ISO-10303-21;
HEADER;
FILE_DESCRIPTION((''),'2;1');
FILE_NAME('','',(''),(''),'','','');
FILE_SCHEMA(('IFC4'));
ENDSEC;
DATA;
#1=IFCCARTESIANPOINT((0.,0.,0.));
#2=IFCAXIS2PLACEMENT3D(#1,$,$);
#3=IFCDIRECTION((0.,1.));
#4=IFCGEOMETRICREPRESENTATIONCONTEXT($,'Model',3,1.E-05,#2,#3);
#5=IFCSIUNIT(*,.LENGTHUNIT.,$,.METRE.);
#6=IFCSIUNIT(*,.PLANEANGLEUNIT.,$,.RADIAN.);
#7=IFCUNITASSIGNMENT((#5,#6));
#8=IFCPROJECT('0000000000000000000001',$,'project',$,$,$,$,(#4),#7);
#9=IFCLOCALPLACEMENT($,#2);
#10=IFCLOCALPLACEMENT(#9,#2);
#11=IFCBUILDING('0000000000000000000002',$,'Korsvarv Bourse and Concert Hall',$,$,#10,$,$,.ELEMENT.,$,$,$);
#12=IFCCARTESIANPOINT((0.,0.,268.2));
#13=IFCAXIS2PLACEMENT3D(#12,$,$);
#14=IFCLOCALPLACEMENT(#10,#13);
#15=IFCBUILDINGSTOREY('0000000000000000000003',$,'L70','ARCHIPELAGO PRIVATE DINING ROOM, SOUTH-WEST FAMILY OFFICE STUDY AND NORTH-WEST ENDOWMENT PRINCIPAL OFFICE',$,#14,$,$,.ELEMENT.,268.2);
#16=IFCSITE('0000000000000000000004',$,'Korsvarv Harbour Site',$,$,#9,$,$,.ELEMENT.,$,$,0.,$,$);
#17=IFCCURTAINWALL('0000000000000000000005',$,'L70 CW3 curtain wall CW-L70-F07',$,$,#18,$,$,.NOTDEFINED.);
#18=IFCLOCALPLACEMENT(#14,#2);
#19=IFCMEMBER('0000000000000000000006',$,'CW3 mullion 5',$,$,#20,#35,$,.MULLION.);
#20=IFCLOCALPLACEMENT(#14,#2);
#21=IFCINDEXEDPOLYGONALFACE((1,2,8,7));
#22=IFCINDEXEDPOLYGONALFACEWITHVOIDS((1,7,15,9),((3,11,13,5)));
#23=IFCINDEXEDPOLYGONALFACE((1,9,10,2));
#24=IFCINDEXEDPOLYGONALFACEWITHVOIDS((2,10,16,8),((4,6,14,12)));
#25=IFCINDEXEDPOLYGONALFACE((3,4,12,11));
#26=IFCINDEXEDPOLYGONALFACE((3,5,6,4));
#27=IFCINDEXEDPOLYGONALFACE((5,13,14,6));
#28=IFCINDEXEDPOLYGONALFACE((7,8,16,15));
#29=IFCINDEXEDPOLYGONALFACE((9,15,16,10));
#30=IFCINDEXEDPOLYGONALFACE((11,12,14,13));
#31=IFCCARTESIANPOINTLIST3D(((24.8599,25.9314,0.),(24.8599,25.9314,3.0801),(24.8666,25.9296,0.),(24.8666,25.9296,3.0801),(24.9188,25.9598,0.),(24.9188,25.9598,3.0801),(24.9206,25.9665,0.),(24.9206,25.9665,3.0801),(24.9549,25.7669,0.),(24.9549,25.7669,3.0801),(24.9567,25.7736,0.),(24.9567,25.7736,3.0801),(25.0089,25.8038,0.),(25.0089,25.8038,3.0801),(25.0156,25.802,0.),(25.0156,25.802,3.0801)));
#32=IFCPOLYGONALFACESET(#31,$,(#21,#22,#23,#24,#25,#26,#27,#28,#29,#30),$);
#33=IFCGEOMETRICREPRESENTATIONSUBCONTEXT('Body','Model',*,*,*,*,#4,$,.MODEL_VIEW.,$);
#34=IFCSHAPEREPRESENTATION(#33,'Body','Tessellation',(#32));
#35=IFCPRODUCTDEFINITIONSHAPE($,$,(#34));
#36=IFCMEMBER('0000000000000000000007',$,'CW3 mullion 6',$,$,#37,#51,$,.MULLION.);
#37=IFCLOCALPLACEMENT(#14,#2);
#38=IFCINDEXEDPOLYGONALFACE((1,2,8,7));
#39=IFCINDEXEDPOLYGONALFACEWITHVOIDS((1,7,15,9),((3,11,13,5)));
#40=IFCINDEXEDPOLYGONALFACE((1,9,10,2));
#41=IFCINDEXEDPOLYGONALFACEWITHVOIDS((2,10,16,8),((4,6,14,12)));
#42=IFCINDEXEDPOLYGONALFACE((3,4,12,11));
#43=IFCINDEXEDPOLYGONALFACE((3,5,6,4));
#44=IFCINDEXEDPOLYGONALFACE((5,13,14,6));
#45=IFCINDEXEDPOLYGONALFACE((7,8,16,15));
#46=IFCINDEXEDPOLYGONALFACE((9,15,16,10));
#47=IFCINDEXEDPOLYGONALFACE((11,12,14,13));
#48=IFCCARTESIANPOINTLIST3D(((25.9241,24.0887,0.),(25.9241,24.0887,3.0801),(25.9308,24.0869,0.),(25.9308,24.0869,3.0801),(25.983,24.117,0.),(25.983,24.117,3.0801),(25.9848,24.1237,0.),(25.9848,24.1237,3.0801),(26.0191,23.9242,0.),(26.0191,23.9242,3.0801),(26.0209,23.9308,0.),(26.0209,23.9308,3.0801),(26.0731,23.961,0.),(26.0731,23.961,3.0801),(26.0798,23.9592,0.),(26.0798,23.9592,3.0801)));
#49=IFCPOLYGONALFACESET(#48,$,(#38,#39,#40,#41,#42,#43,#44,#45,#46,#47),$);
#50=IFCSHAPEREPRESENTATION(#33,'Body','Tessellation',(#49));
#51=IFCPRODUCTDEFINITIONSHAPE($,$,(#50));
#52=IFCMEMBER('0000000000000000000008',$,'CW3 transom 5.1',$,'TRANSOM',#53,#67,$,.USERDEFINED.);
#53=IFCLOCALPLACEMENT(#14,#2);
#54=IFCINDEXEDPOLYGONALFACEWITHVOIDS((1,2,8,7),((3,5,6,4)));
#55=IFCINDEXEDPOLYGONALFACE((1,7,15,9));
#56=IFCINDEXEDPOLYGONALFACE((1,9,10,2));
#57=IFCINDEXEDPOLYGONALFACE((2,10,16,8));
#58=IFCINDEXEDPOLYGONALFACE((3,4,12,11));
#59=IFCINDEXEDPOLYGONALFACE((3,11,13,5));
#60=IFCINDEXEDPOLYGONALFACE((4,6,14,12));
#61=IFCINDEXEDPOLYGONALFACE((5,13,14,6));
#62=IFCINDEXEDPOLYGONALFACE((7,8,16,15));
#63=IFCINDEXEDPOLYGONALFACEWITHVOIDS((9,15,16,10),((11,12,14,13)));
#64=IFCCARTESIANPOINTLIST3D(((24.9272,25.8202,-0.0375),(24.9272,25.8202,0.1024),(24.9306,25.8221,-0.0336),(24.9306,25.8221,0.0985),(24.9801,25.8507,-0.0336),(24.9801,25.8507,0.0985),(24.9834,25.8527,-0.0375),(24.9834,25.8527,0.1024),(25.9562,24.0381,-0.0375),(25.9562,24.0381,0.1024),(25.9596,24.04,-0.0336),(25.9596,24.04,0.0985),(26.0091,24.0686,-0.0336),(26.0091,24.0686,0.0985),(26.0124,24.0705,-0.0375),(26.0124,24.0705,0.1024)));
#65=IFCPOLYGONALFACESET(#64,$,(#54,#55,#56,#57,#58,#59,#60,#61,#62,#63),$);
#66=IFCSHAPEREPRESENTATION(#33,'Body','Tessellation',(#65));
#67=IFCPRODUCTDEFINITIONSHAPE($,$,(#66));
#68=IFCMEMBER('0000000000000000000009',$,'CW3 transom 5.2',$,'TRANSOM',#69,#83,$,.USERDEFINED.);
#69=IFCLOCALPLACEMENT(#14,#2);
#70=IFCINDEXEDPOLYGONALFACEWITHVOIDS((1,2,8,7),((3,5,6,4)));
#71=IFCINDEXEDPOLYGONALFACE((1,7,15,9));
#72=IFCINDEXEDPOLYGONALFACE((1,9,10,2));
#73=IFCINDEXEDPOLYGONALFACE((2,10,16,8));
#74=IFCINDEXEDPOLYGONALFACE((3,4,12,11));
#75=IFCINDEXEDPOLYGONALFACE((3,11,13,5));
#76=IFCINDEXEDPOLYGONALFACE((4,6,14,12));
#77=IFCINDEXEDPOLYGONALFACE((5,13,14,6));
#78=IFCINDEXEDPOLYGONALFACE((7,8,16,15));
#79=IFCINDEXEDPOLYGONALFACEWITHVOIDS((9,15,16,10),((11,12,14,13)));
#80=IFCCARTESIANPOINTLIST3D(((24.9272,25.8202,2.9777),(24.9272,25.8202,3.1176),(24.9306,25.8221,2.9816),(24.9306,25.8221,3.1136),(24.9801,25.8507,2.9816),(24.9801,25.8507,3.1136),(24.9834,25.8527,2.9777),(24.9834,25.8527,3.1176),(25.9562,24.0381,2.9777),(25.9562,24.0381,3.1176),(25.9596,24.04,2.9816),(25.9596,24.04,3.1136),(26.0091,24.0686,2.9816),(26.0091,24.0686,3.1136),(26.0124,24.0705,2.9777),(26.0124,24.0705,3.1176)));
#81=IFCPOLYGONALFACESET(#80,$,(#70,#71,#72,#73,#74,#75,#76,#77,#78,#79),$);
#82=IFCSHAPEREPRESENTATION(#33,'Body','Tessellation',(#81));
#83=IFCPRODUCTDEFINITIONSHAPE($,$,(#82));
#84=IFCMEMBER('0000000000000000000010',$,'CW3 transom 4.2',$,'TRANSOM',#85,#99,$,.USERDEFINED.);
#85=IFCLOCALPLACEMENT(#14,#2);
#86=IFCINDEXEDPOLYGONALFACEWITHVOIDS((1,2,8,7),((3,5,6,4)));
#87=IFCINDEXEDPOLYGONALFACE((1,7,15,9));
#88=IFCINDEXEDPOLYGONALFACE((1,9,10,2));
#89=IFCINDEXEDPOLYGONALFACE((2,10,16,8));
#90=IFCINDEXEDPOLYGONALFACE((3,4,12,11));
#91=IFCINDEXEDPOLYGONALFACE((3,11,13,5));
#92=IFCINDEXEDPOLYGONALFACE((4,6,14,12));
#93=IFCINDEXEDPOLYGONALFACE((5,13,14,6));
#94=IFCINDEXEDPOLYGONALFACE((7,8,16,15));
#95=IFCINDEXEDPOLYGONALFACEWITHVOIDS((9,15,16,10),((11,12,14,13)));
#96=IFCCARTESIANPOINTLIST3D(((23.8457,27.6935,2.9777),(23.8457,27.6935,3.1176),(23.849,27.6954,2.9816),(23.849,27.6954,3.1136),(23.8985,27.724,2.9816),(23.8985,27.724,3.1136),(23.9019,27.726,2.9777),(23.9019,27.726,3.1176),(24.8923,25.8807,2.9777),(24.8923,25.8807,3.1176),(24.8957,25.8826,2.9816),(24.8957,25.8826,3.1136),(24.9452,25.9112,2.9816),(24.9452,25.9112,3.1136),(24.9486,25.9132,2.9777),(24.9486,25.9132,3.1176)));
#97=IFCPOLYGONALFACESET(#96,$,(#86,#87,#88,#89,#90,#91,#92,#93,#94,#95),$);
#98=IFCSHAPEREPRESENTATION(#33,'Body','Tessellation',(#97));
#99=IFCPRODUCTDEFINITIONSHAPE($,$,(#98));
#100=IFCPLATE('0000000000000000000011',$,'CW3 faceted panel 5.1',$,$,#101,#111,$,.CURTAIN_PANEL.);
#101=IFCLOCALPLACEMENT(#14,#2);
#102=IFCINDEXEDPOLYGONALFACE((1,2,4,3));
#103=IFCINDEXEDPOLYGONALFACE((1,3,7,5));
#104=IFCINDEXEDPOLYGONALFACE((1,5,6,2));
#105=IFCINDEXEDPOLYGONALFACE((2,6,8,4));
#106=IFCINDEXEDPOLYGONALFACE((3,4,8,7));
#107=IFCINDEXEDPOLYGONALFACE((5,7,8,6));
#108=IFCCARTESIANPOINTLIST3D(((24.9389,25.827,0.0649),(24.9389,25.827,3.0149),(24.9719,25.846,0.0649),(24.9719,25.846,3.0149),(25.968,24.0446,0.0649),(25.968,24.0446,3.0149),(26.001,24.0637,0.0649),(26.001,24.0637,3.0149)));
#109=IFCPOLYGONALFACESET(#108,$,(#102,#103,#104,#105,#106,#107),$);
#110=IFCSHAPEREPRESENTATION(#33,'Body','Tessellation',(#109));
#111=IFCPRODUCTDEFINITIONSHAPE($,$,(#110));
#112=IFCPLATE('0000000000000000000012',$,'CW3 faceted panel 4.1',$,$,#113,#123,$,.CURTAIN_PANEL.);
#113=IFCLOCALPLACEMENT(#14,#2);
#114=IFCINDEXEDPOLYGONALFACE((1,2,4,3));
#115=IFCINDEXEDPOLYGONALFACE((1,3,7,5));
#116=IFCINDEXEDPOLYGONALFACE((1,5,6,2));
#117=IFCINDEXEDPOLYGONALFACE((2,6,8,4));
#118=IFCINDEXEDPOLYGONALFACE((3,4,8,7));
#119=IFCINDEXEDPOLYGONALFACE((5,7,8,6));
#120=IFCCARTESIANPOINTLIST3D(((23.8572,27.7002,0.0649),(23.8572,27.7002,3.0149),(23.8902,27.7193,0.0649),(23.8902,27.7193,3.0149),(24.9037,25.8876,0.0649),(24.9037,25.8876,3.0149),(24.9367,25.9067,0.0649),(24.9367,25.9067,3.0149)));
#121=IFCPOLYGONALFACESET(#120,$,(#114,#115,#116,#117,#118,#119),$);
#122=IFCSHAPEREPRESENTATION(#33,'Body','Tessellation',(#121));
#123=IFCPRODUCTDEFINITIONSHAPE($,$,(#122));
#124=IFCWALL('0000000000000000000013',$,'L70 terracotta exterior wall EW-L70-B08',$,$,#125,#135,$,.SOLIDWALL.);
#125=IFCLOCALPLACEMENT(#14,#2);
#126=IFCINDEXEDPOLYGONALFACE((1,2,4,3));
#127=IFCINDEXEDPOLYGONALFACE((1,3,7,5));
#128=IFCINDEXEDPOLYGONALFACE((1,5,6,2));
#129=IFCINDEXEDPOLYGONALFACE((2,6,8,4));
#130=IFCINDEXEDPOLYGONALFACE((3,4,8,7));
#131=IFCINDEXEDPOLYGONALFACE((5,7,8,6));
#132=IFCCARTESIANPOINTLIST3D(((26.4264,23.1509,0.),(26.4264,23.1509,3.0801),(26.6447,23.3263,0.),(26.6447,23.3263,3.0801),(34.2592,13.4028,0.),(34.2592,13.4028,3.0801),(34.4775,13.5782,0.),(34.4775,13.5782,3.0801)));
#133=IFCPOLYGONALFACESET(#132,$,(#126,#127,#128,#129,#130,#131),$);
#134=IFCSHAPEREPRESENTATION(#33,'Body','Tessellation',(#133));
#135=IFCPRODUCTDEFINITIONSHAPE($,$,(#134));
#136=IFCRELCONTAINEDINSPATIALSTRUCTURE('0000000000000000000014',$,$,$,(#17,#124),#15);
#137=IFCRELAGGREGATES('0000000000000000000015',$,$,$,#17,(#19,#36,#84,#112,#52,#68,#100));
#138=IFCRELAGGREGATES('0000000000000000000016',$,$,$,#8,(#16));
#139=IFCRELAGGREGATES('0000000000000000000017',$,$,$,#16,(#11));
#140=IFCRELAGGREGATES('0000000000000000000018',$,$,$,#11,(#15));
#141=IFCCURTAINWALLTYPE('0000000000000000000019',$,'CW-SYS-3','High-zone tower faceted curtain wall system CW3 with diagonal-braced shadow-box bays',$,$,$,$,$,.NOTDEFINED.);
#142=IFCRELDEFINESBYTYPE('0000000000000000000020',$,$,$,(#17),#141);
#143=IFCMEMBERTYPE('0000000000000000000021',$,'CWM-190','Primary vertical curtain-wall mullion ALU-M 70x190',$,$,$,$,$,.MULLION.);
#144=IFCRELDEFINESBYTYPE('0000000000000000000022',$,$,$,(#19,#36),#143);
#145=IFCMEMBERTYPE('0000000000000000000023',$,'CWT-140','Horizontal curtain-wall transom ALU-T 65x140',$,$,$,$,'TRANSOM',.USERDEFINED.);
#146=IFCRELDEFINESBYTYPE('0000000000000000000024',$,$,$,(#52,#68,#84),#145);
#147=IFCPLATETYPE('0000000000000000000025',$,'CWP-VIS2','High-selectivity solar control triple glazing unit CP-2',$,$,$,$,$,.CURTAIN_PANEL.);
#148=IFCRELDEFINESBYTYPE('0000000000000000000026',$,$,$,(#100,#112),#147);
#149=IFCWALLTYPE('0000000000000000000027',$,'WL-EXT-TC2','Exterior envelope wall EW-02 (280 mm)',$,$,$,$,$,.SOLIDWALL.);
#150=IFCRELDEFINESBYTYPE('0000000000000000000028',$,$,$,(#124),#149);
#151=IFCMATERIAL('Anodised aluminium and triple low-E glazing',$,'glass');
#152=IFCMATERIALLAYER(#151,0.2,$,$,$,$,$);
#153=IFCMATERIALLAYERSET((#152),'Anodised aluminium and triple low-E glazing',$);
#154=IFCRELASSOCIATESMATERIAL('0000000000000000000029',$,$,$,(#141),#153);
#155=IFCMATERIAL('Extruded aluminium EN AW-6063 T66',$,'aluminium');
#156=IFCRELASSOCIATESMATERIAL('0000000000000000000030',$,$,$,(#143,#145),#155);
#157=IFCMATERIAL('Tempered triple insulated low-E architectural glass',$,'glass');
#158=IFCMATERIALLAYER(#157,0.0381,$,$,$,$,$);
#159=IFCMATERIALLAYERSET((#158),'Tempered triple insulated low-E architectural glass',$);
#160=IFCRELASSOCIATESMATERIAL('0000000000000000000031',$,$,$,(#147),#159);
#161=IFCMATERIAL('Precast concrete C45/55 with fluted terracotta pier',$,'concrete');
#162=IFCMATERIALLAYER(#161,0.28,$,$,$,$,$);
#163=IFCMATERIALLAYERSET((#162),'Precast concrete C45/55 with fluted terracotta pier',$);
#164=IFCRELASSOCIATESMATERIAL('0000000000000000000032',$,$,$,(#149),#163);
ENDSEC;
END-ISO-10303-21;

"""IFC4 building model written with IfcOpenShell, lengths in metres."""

from ifc_helpers import new_model, si_unit, direction, frame, frame_2d, origin, origin_2d, place, context, subcontext, project, spatial, rectangle, hollow_rectangle, extrude, source, transform, mapped, material, layer, layer_set, material_profile, profile_set, type_object, element, aggregate, save


model = new_model("IFC4")

# Units and contexts
model_context = context("Model", 3, precision=1e-05, world=origin(), true_north=direction((0.0, 1.0)))
body_context = subcontext(model_context, "Body", "Model", "MODEL_VIEW")
ifc_project = project(units=[si_unit("LENGTHUNIT", "METRE"), si_unit("PLANEANGLEUNIT", "RADIAN")], contexts=[model_context])

# Site, building, storey
site_placement = place(None, origin())
site = spatial("IfcSite", under=ifc_project, at=site_placement, Name="Korsvarv Harbour Site", CompositionType="ELEMENT", RefElevation=0.0)
building_placement = place(site_placement, origin())
building = spatial("IfcBuilding", under=site, at=building_placement, Name="Korsvarv Bourse and Concert Hall", CompositionType="ELEMENT")
storey_placement = place(building_placement, frame((0.0, 0.0, 268.2)))
storey = spatial("IfcBuildingStorey", under=building, at=storey_placement, Name="L70", Description="ARCHIPELAGO PRIVATE DINING ROOM, SOUTH-WEST FAMILY OFFICE STUDY AND NORTH-WEST ENDOWMENT PRINCIPAL OFFICE", CompositionType="ELEMENT", Elevation=268.2)

# Curtain wall, members, plates
ifc_material_1 = material(Name="Anodised aluminium and triple low-E glazing", Category="glass")
ifc_layer_1 = layer(ifc_material_1, 0.2)
ifc_layer_set_1 = layer_set([ifc_layer_1], Name="Anodised aluminium and triple low-E glazing")
curtain_wall_type = type_object("IfcCurtainWallType", Name="CW-SYS-3", Description="High-zone tower faceted curtain wall system CW3 with diagonal-braced shadow-box bays", PredefinedType="NOTDEFINED", material=ifc_layer_set_1)
curtain_wall_placement = place(storey_placement, origin())
curtain_wall = element("IfcCurtainWall", 1, at=curtain_wall_placement, inside=storey, type_object=curtain_wall_type, Name="L70 CW3 curtain wall CW-L70-F07", PredefinedType="NOTDEFINED")
ifc_material_2 = material(Name="Extruded aluminium EN AW-6063 T66", Category="aluminium")
ifc_material_profile_1 = material_profile(ifc_material_2, hollow_rectangle(XDim=0.0701, YDim=0.1899, WallThickness=0.0049, at=origin_2d()), Name="ALU-M 70x190")
ifc_profile_set_1 = profile_set([ifc_material_profile_1], Name="Extruded aluminium EN AW-6063 T66")
member_type_1 = type_object("IfcMemberType", Name="CWM-190", Description="Primary vertical curtain-wall mullion ALU-M 70x190", PredefinedType="MULLION", material=ifc_profile_set_1)
shared_shape_1 = source(origin(), body_context, "Body", "SweptSolid", [
    extrude(hollow_rectangle(XDim=0.0701, YDim=0.1899, WallThickness=0.0049, at=origin_2d()), origin(), (0.0, 0.0, 1.0), 3.0801),
])
member_1_placement = place(storey_placement, frame((24.9377, 25.8667, 0.0), z_axis=(0.0, 0.0, 1.0), x_axis=(0.866023, 0.500004, 0.0)))
member_1 = element("IfcMember", 2, at=member_1_placement, type_object=member_type_1, Name="CW3 mullion 5", PredefinedType="MULLION", context=body_context, shape_type="MappedRepresentation", body=[
    mapped(shared_shape_1, transform((0.0, 0.0, 0.0), scale=1.0)),
])
member_2_placement = place(storey_placement, frame((26.002, 24.0239, 0.0), z_axis=(0.0, 0.0, 1.0), x_axis=(0.866023, 0.500004, 0.0)))
member_2 = element("IfcMember", 3, at=member_2_placement, type_object=member_type_1, Name="CW3 mullion 6", PredefinedType="MULLION", context=body_context, shape_type="MappedRepresentation", body=[
    mapped(shared_shape_1, transform((0.0, 0.0, 0.0), scale=1.0)),
])
ifc_material_profile_2 = material_profile(ifc_material_2, hollow_rectangle(XDim=0.0649, YDim=0.1399, WallThickness=0.0039, at=origin_2d()), Name="ALU-T 65x140")
ifc_profile_set_2 = profile_set([ifc_material_profile_2], Name="Extruded aluminium EN AW-6063 T66")
member_type_2 = type_object("IfcMemberType", Name="CWT-140", Description="Horizontal curtain-wall transom ALU-T 65x140", ElementType="TRANSOM", PredefinedType="USERDEFINED", material=ifc_profile_set_2)
shared_shape_2 = source(origin(), body_context, "Body", "SweptSolid", [
    extrude(hollow_rectangle(XDim=0.0649, YDim=0.1399, WallThickness=0.0039, at=origin_2d()), origin(), (0.0, 0.0, 1.0), 2.0579),
])
member_3_placement = place(storey_placement, frame((24.9553, 25.8364, 0.0325), z_axis=(0.500031, -0.866008, 0.0), x_axis=(0.866008, 0.500031, 0.0)))
member_3 = element("IfcMember", 4, at=member_3_placement, type_object=member_type_2, Name="CW3 transom 5.1", ObjectType="TRANSOM", PredefinedType="USERDEFINED", context=body_context, shape_type="MappedRepresentation", body=[
    mapped(shared_shape_2, transform((0.0, 0.0, 0.0), scale=1.0)),
])
member_4_placement = place(storey_placement, frame((24.9553, 25.8364, 3.0476), z_axis=(0.500031, -0.866008, 0.0), x_axis=(0.866008, 0.500031, 0.0)))
member_4 = element("IfcMember", 5, at=member_4_placement, type_object=member_type_2, Name="CW3 transom 5.2", ObjectType="TRANSOM", PredefinedType="USERDEFINED", context=body_context, shape_type="MappedRepresentation", body=[
    mapped(shared_shape_2, transform((0.0, 0.0, 0.0), scale=1.0)),
])
shared_shape_3 = source(origin(), body_context, "Body", "SweptSolid", [
    extrude(hollow_rectangle(XDim=0.0649, YDim=0.1399, WallThickness=0.0039, at=origin_2d()), origin(), (0.0, 0.0, 1.0), 2.0933),
])
member_5_placement = place(storey_placement, frame((23.8738, 27.7097, 3.0476), z_axis=(0.500015, -0.866017, 0.0), x_axis=(0.866017, 0.500015, 0.0)))
member_5 = element("IfcMember", 6, at=member_5_placement, type_object=member_type_2, Name="CW3 transom 4.2", ObjectType="TRANSOM", PredefinedType="USERDEFINED", context=body_context, shape_type="MappedRepresentation", body=[
    mapped(shared_shape_3, transform((0.0, 0.0, 0.0), scale=1.0)),
])
ifc_material_3 = material(Name="Tempered triple insulated low-E architectural glass", Category="glass")
ifc_layer_2 = layer(ifc_material_3, 0.0381)
ifc_layer_set_2 = layer_set([ifc_layer_2], Name="Tempered triple insulated low-E architectural glass")
plate_type = type_object("IfcPlateType", Name="CWP-VIS2", Description="High-selectivity solar control triple glazing unit CP-2", PredefinedType="CURTAIN_PANEL", material=ifc_layer_set_2)
shared_shape_4 = source(origin(), body_context, "Body", "SweptSolid", [
    extrude(rectangle(XDim=2.0581, YDim=0.0381, at=origin_2d()), origin(), (0.0, 0.0, 1.0), 2.95),
])
plate_1_placement = place(storey_placement, frame((25.47, 24.9453, 0.0649), z_axis=(0.0, 0.0, 1.0), x_axis=(0.500004, -0.866023, 0.0)))
plate_1 = element("IfcPlate", 7, at=plate_1_placement, type_object=plate_type, Name="CW3 faceted panel 5.1", PredefinedType="CURTAIN_PANEL", context=body_context, shape_type="MappedRepresentation", body=[
    mapped(shared_shape_4, transform((0.0, 0.0, 0.0), scale=1.0)),
])
shared_shape_5 = source(origin(), body_context, "Body", "SweptSolid", [
    extrude(rectangle(XDim=2.093, YDim=0.0381, at=origin_2d()), origin(), (0.0, 0.0, 1.0), 2.95),
])
plate_2_placement = place(storey_placement, frame((24.397, 26.8035, 0.0649), z_axis=(0.0, 0.0, 1.0), x_axis=(0.500004, -0.866023, 0.0)))
plate_2 = element("IfcPlate", 8, at=plate_2_placement, type_object=plate_type, Name="CW3 faceted panel 4.1", PredefinedType="CURTAIN_PANEL", context=body_context, shape_type="MappedRepresentation", body=[
    mapped(shared_shape_5, transform((0.0, 0.0, 0.0), scale=1.0)),
])
aggregate(curtain_wall, [member_1, member_2, member_5, plate_2, member_3, member_4, plate_1])

# Wall
ifc_material_4 = material(Name="Precast concrete C45/55 with fluted terracotta pier", Category="concrete")
ifc_layer_3 = layer(ifc_material_4, 0.28)
ifc_layer_set_3 = layer_set([ifc_layer_3], Name="Precast concrete C45/55 with fluted terracotta pier")
wall_type_1 = type_object("IfcWallType", Name="WL-EXT-TC2", Description="Exterior envelope wall EW-02 (280 mm)", PredefinedType="SOLIDWALL", material=ifc_layer_set_3)
wall_1_placement = place(storey_placement, frame((26.5356, 23.2385, 0.0), z_axis=(0.0, 0.0, 1.0), x_axis=(0.626367, -0.779528, 0.0)))
element("IfcWall", 9, at=wall_1_placement, inside=storey, type_object=wall_type_1, Name="L70 terracotta exterior wall EW-L70-B08", PredefinedType="SOLIDWALL", context=body_context, shape_type="SweptSolid", body=[
    extrude(rectangle(XDim=12.5051, YDim=0.28, at=frame_2d((6.2524, 0.0))), origin(), (0.0, 0.0, 1.0), 3.0801),
])

save(model, "model.ifc")
